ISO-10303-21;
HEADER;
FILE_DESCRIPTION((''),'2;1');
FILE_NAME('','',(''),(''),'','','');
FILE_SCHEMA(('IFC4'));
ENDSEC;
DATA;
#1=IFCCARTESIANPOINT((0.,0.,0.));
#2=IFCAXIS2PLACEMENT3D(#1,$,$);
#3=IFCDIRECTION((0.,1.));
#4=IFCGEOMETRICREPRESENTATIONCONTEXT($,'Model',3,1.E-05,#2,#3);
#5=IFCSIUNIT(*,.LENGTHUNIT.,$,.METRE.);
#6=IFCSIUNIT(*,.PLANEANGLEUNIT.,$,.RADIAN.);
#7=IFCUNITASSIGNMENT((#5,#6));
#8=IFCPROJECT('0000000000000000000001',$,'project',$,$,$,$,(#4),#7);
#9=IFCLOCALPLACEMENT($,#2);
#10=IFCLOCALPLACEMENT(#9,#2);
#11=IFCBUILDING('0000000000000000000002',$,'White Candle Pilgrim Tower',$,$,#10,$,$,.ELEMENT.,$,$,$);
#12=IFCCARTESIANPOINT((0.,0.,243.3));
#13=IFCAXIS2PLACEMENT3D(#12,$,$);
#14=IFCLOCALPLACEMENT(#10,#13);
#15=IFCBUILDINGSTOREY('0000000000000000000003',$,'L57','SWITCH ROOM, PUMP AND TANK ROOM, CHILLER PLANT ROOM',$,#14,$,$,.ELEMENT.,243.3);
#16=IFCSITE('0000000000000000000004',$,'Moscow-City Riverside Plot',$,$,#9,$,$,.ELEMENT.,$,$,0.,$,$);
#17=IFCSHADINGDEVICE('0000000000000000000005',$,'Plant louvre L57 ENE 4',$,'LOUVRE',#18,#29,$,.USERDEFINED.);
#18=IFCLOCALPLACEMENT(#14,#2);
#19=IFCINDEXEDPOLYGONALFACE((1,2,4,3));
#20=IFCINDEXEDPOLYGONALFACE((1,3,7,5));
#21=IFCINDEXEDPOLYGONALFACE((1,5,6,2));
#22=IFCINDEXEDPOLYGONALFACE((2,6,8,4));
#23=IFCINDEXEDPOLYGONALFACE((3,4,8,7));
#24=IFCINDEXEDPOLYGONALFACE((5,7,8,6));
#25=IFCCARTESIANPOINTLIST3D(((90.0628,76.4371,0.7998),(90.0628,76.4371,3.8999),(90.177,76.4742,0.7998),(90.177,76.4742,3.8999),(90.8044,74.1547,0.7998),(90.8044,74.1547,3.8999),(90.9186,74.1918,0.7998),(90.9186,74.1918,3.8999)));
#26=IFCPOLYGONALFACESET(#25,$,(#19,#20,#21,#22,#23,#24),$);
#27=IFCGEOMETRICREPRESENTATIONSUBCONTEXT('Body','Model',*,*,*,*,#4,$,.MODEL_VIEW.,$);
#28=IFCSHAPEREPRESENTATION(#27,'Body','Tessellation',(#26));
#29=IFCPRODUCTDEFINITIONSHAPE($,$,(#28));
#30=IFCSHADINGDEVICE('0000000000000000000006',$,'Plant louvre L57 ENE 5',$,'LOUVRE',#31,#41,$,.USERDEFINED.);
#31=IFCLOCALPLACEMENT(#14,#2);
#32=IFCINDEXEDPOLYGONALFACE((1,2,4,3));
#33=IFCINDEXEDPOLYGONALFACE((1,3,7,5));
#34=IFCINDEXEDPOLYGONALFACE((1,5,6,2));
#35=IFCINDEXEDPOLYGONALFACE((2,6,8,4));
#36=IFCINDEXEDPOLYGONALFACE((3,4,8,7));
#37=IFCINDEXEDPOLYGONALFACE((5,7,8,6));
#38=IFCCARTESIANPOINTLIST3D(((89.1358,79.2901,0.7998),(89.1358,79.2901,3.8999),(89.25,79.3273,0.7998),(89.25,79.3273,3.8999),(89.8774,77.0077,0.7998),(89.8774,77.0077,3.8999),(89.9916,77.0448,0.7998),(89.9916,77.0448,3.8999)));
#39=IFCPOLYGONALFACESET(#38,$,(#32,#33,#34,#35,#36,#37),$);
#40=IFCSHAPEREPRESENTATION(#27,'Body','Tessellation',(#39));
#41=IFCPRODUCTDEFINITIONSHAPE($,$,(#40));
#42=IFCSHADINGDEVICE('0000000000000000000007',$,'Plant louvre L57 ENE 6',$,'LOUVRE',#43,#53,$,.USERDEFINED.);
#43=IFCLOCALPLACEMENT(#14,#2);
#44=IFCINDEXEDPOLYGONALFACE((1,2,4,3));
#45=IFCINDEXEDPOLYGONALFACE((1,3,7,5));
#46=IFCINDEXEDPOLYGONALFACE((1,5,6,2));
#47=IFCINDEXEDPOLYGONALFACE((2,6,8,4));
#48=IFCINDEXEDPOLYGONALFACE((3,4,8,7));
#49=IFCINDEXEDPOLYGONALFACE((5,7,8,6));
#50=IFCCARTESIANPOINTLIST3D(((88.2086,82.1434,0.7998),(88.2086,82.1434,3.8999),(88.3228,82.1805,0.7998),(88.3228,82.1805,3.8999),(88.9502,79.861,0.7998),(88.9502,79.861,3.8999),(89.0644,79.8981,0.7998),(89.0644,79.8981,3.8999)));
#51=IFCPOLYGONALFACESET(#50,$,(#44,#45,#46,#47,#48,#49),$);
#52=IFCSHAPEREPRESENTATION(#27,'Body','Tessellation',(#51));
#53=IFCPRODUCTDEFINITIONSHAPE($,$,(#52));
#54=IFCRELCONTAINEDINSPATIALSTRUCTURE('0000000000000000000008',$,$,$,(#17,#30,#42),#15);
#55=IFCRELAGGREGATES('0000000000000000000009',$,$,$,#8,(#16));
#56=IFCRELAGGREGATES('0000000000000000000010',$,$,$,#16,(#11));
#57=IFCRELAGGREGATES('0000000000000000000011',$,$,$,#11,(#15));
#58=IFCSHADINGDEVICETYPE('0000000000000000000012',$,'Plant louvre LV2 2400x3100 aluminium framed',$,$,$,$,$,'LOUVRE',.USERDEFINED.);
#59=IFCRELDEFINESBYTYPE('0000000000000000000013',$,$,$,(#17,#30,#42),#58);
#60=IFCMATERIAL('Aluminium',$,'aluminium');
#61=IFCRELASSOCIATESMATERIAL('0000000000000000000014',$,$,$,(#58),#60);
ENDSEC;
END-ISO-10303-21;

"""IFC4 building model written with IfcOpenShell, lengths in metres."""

from ifc_helpers import new_model, si_unit, direction, frame, origin, origin_2d, place, context, subcontext, project, spatial, rectangle, extrude, material, type_object, element, save


model = new_model("IFC4")

# Units and contexts
model_context = context("Model", 3, precision=1e-05, world=origin(), true_north=direction((0.0, 1.0)))
body_context = subcontext(model_context, "Body", "Model", "MODEL_VIEW")
ifc_project = project(units=[si_unit("LENGTHUNIT", "METRE"), si_unit("PLANEANGLEUNIT", "RADIAN")], contexts=[model_context])

# Site, building, storey
site_placement = place(None, origin())
site = spatial("IfcSite", under=ifc_project, at=site_placement, Name="Moscow-City Riverside Plot", CompositionType="ELEMENT", RefElevation=0.0)
building_placement = place(site_placement, origin())
building = spatial("IfcBuilding", under=site, at=building_placement, Name="White Candle Pilgrim Tower", CompositionType="ELEMENT")
storey_placement = place(building_placement, frame((0.0, 0.0, 243.3)))
storey = spatial("IfcBuildingStorey", under=building, at=storey_placement, Name="L57", Description="SWITCH ROOM, PUMP AND TANK ROOM, CHILLER PLANT ROOM", CompositionType="ELEMENT", Elevation=243.3)

# Shading devices
ifc_material_1 = material(Name="Aluminium", Category="aluminium")
shading_device_type = type_object("IfcShadingDeviceType", Name="Plant louvre LV2 2400x3100 aluminium framed", ElementType="LOUVRE", PredefinedType="USERDEFINED", material=ifc_material_1)
for number, where, z_axis, x_axis, name in (
    (1, (90.4907, 75.3145, 0.7998), (0.0, 0.0, 1.0), (-0.309017, 0.951057, 0.0), "Plant louvre L57 ENE 4"),
    (2, (89.5637, 78.1675, 0.7998), (0.0, 0.0, 1.0), (-0.309017, 0.951057, 0.0), "Plant louvre L57 ENE 5"),
    (3, (88.6365, 81.0208, 0.7998), (0.0, 0.0, 1.0), (-0.309017, 0.951057, 0.0), "Plant louvre L57 ENE 6"),
):
    element("IfcShadingDevice", number, at=place(storey_placement, frame(where, z_axis=z_axis, x_axis=x_axis)), inside=storey, type_object=shading_device_type, Name=name, ObjectType="LOUVRE", PredefinedType="USERDEFINED", context=body_context, shape_type="SweptSolid", body=[
        extrude(rectangle(XDim=2.3999, YDim=0.1201, at=origin_2d()), origin(), (0.0, 0.0, 1.0), 3.1001),
    ])

save(model, "model.ifc")
